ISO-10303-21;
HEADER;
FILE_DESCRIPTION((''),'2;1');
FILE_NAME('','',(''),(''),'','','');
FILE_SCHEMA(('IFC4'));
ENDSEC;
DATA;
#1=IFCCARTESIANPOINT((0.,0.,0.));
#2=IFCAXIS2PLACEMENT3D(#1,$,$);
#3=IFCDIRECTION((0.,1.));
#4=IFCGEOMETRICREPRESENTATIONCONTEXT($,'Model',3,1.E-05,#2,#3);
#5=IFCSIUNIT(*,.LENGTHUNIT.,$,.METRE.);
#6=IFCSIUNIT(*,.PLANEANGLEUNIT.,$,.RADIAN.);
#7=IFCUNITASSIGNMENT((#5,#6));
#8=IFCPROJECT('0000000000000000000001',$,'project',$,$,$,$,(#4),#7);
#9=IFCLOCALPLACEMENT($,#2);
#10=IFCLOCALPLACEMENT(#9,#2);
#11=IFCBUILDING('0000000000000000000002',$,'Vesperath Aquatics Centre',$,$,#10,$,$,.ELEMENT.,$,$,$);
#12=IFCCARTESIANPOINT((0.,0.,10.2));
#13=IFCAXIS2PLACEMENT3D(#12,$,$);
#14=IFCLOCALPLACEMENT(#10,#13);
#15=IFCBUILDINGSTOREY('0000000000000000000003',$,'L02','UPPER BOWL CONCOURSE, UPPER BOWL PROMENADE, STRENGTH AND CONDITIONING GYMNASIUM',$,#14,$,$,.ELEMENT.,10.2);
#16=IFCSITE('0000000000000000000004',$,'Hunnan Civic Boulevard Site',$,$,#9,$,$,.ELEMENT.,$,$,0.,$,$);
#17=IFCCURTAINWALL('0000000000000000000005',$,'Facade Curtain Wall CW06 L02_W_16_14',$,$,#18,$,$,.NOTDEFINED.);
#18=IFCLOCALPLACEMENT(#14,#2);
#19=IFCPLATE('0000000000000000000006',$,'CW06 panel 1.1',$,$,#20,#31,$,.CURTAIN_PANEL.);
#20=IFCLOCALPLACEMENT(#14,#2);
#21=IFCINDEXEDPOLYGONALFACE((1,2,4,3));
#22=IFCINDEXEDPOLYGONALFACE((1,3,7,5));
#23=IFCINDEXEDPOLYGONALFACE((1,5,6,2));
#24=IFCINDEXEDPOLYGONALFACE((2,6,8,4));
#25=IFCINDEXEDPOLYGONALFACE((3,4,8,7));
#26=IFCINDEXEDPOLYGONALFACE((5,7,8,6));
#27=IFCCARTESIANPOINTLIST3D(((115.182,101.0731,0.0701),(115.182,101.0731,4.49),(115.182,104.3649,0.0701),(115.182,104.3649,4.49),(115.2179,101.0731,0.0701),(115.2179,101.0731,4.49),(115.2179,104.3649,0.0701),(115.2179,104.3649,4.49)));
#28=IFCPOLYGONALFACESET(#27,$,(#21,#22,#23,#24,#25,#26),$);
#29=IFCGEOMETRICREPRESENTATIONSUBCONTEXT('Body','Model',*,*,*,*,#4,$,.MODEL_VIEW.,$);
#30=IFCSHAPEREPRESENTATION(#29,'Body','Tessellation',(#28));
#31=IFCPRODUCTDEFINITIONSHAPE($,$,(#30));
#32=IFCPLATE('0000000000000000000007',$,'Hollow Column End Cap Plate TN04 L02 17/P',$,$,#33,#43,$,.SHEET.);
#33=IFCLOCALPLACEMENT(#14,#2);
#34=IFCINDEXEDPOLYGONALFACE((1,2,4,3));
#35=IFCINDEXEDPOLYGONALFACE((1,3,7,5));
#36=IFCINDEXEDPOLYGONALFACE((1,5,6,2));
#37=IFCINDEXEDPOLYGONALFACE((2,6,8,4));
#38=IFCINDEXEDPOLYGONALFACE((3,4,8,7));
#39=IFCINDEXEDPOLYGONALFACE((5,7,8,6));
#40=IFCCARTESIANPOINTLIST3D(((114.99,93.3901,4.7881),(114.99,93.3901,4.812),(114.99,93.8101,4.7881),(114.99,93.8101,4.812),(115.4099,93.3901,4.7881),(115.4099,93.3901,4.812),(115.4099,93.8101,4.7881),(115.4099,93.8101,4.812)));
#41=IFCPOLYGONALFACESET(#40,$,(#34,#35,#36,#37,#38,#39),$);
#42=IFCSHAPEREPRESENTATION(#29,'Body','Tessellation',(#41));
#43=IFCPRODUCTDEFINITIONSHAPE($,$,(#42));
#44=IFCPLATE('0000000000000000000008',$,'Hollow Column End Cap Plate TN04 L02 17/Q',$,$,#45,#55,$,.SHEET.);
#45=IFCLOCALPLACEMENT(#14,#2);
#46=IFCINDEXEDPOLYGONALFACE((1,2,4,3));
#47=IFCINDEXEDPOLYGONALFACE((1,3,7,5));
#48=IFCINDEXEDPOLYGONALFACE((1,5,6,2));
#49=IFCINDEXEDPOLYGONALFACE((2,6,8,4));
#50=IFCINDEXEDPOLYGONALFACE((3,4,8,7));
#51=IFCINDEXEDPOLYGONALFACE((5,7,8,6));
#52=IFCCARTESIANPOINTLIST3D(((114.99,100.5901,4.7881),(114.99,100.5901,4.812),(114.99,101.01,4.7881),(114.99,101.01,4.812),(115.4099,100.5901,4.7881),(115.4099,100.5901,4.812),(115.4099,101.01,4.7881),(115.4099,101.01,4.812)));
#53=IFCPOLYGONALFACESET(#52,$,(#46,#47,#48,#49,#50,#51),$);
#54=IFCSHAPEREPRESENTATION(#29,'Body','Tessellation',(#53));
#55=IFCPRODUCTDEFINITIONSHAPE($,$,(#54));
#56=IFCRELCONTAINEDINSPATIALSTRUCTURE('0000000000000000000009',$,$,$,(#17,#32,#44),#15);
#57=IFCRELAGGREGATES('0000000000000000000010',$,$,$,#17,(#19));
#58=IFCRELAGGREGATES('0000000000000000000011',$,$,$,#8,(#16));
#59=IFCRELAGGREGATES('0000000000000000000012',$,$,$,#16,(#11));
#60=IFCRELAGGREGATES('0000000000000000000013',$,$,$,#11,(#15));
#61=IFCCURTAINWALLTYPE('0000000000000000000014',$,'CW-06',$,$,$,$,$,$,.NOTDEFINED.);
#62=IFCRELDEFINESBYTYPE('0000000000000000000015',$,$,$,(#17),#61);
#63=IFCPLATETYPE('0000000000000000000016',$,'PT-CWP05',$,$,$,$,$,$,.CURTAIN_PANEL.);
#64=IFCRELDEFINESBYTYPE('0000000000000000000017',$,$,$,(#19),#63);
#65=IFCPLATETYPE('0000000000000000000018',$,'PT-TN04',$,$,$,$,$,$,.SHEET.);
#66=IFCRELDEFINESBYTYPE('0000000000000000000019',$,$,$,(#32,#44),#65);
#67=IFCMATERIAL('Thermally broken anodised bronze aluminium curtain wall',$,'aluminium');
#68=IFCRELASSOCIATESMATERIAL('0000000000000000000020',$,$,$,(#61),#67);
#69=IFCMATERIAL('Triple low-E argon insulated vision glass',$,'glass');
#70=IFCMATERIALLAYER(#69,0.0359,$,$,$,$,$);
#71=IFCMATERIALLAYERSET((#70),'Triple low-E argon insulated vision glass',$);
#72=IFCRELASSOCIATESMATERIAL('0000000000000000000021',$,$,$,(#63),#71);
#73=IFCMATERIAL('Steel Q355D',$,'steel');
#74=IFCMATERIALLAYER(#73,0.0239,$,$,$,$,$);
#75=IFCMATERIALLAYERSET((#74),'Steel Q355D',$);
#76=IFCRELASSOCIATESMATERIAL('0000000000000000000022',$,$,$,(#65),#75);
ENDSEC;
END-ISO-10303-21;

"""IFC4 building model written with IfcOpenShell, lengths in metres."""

from ifc_helpers import new_model, si_unit, direction, frame, origin, origin_2d, place, context, subcontext, project, spatial, rectangle, extrude, material, layer, layer_set, type_object, element, aggregate, save


model = new_model("IFC4")

# Units and contexts
model_context = context("Model", 3, precision=1e-05, world=origin(), true_north=direction((0.0, 1.0)))
body_context = subcontext(model_context, "Body", "Model", "MODEL_VIEW")
ifc_project = project(units=[si_unit("LENGTHUNIT", "METRE"), si_unit("PLANEANGLEUNIT", "RADIAN")], contexts=[model_context])

# Site, building, storey
site_placement = place(None, origin())
site = spatial("IfcSite", under=ifc_project, at=site_placement, Name="Hunnan Civic Boulevard Site", CompositionType="ELEMENT", RefElevation=0.0)
building_placement = place(site_placement, origin())
building = spatial("IfcBuilding", under=site, at=building_placement, Name="Vesperath Aquatics Centre", CompositionType="ELEMENT")
storey_placement = place(building_placement, frame((0.0, 0.0, 10.2)))
storey = spatial("IfcBuildingStorey", under=building, at=storey_placement, Name="L02", Description="UPPER BOWL CONCOURSE, UPPER BOWL PROMENADE, STRENGTH AND CONDITIONING GYMNASIUM", CompositionType="ELEMENT", Elevation=10.2)

# Shared definitions
ifc_material_1 = material(Name="Steel Q355D", Category="steel")

# Shared definitions
ifc_material_2 = material(Name="Thermally broken anodised bronze aluminium curtain wall", Category="aluminium")
curtain_wall_type = type_object("IfcCurtainWallType", Name="CW-06", PredefinedType="NOTDEFINED", material=ifc_material_2)

# Curtain wall
curtain_wall_1_placement = place(storey_placement, origin())
curtain_wall_1 = element("IfcCurtainWall", 1, at=curtain_wall_1_placement, inside=storey, type_object=curtain_wall_type, Name="Facade Curtain Wall CW06 L02_W_16_14", PredefinedType="NOTDEFINED")

# Plate
ifc_material_3 = material(Name="Triple low-E argon insulated vision glass", Category="glass")
ifc_layer_1 = layer(ifc_material_3, 0.0359)
ifc_layer_set_1 = layer_set([ifc_layer_1], Name="Triple low-E argon insulated vision glass")
plate_type_1 = type_object("IfcPlateType", Name="PT-CWP05", PredefinedType="CURTAIN_PANEL", material=ifc_layer_set_1)
plate_1_placement = place(storey_placement, frame((115.2, 102.719, 0.0701), z_axis=(0.0, 0.0, 1.0), x_axis=(0.0, 1.0, 0.0)))
plate_1 = element("IfcPlate", 2, at=plate_1_placement, type_object=plate_type_1, Name="CW06 panel 1.1", PredefinedType="CURTAIN_PANEL", context=body_context, shape_type="SweptSolid", body=[
    extrude(rectangle(XDim=3.2917, YDim=0.0359, at=origin_2d()), origin(), (0.0, 0.0, 1.0), 4.4199),
])
aggregate(curtain_wall_1, [plate_1])

# Plates
ifc_layer_2 = layer(ifc_material_1, 0.0239)
ifc_layer_set_2 = layer_set([ifc_layer_2], Name="Steel Q355D")
plate_type_2 = type_object("IfcPlateType", Name="PT-TN04", PredefinedType="SHEET", material=ifc_layer_set_2)
for number, where, z_axis, x_axis, name in (
    (3, (115.2, 93.6001, 4.7881), (0.0, 0.0, 1.0), (1.0, 0.0, 0.0), "Hollow Column End Cap Plate TN04 L02 17/P"),
    (4, (115.2, 100.8, 4.7881), (0.0, 0.0, 1.0), (1.0, 0.0, 0.0), "Hollow Column End Cap Plate TN04 L02 17/Q"),
):
    element("IfcPlate", number, at=place(storey_placement, frame(where, z_axis=z_axis, x_axis=x_axis)), inside=storey, type_object=plate_type_2, Name=name, PredefinedType="SHEET", context=body_context, shape_type="SweptSolid", body=[
        extrude(rectangle(XDim=0.4199, YDim=0.4199, at=origin_2d()), origin(), (0.0, 0.0, 1.0), 0.0239),
    ])

save(model, "model.ifc")
